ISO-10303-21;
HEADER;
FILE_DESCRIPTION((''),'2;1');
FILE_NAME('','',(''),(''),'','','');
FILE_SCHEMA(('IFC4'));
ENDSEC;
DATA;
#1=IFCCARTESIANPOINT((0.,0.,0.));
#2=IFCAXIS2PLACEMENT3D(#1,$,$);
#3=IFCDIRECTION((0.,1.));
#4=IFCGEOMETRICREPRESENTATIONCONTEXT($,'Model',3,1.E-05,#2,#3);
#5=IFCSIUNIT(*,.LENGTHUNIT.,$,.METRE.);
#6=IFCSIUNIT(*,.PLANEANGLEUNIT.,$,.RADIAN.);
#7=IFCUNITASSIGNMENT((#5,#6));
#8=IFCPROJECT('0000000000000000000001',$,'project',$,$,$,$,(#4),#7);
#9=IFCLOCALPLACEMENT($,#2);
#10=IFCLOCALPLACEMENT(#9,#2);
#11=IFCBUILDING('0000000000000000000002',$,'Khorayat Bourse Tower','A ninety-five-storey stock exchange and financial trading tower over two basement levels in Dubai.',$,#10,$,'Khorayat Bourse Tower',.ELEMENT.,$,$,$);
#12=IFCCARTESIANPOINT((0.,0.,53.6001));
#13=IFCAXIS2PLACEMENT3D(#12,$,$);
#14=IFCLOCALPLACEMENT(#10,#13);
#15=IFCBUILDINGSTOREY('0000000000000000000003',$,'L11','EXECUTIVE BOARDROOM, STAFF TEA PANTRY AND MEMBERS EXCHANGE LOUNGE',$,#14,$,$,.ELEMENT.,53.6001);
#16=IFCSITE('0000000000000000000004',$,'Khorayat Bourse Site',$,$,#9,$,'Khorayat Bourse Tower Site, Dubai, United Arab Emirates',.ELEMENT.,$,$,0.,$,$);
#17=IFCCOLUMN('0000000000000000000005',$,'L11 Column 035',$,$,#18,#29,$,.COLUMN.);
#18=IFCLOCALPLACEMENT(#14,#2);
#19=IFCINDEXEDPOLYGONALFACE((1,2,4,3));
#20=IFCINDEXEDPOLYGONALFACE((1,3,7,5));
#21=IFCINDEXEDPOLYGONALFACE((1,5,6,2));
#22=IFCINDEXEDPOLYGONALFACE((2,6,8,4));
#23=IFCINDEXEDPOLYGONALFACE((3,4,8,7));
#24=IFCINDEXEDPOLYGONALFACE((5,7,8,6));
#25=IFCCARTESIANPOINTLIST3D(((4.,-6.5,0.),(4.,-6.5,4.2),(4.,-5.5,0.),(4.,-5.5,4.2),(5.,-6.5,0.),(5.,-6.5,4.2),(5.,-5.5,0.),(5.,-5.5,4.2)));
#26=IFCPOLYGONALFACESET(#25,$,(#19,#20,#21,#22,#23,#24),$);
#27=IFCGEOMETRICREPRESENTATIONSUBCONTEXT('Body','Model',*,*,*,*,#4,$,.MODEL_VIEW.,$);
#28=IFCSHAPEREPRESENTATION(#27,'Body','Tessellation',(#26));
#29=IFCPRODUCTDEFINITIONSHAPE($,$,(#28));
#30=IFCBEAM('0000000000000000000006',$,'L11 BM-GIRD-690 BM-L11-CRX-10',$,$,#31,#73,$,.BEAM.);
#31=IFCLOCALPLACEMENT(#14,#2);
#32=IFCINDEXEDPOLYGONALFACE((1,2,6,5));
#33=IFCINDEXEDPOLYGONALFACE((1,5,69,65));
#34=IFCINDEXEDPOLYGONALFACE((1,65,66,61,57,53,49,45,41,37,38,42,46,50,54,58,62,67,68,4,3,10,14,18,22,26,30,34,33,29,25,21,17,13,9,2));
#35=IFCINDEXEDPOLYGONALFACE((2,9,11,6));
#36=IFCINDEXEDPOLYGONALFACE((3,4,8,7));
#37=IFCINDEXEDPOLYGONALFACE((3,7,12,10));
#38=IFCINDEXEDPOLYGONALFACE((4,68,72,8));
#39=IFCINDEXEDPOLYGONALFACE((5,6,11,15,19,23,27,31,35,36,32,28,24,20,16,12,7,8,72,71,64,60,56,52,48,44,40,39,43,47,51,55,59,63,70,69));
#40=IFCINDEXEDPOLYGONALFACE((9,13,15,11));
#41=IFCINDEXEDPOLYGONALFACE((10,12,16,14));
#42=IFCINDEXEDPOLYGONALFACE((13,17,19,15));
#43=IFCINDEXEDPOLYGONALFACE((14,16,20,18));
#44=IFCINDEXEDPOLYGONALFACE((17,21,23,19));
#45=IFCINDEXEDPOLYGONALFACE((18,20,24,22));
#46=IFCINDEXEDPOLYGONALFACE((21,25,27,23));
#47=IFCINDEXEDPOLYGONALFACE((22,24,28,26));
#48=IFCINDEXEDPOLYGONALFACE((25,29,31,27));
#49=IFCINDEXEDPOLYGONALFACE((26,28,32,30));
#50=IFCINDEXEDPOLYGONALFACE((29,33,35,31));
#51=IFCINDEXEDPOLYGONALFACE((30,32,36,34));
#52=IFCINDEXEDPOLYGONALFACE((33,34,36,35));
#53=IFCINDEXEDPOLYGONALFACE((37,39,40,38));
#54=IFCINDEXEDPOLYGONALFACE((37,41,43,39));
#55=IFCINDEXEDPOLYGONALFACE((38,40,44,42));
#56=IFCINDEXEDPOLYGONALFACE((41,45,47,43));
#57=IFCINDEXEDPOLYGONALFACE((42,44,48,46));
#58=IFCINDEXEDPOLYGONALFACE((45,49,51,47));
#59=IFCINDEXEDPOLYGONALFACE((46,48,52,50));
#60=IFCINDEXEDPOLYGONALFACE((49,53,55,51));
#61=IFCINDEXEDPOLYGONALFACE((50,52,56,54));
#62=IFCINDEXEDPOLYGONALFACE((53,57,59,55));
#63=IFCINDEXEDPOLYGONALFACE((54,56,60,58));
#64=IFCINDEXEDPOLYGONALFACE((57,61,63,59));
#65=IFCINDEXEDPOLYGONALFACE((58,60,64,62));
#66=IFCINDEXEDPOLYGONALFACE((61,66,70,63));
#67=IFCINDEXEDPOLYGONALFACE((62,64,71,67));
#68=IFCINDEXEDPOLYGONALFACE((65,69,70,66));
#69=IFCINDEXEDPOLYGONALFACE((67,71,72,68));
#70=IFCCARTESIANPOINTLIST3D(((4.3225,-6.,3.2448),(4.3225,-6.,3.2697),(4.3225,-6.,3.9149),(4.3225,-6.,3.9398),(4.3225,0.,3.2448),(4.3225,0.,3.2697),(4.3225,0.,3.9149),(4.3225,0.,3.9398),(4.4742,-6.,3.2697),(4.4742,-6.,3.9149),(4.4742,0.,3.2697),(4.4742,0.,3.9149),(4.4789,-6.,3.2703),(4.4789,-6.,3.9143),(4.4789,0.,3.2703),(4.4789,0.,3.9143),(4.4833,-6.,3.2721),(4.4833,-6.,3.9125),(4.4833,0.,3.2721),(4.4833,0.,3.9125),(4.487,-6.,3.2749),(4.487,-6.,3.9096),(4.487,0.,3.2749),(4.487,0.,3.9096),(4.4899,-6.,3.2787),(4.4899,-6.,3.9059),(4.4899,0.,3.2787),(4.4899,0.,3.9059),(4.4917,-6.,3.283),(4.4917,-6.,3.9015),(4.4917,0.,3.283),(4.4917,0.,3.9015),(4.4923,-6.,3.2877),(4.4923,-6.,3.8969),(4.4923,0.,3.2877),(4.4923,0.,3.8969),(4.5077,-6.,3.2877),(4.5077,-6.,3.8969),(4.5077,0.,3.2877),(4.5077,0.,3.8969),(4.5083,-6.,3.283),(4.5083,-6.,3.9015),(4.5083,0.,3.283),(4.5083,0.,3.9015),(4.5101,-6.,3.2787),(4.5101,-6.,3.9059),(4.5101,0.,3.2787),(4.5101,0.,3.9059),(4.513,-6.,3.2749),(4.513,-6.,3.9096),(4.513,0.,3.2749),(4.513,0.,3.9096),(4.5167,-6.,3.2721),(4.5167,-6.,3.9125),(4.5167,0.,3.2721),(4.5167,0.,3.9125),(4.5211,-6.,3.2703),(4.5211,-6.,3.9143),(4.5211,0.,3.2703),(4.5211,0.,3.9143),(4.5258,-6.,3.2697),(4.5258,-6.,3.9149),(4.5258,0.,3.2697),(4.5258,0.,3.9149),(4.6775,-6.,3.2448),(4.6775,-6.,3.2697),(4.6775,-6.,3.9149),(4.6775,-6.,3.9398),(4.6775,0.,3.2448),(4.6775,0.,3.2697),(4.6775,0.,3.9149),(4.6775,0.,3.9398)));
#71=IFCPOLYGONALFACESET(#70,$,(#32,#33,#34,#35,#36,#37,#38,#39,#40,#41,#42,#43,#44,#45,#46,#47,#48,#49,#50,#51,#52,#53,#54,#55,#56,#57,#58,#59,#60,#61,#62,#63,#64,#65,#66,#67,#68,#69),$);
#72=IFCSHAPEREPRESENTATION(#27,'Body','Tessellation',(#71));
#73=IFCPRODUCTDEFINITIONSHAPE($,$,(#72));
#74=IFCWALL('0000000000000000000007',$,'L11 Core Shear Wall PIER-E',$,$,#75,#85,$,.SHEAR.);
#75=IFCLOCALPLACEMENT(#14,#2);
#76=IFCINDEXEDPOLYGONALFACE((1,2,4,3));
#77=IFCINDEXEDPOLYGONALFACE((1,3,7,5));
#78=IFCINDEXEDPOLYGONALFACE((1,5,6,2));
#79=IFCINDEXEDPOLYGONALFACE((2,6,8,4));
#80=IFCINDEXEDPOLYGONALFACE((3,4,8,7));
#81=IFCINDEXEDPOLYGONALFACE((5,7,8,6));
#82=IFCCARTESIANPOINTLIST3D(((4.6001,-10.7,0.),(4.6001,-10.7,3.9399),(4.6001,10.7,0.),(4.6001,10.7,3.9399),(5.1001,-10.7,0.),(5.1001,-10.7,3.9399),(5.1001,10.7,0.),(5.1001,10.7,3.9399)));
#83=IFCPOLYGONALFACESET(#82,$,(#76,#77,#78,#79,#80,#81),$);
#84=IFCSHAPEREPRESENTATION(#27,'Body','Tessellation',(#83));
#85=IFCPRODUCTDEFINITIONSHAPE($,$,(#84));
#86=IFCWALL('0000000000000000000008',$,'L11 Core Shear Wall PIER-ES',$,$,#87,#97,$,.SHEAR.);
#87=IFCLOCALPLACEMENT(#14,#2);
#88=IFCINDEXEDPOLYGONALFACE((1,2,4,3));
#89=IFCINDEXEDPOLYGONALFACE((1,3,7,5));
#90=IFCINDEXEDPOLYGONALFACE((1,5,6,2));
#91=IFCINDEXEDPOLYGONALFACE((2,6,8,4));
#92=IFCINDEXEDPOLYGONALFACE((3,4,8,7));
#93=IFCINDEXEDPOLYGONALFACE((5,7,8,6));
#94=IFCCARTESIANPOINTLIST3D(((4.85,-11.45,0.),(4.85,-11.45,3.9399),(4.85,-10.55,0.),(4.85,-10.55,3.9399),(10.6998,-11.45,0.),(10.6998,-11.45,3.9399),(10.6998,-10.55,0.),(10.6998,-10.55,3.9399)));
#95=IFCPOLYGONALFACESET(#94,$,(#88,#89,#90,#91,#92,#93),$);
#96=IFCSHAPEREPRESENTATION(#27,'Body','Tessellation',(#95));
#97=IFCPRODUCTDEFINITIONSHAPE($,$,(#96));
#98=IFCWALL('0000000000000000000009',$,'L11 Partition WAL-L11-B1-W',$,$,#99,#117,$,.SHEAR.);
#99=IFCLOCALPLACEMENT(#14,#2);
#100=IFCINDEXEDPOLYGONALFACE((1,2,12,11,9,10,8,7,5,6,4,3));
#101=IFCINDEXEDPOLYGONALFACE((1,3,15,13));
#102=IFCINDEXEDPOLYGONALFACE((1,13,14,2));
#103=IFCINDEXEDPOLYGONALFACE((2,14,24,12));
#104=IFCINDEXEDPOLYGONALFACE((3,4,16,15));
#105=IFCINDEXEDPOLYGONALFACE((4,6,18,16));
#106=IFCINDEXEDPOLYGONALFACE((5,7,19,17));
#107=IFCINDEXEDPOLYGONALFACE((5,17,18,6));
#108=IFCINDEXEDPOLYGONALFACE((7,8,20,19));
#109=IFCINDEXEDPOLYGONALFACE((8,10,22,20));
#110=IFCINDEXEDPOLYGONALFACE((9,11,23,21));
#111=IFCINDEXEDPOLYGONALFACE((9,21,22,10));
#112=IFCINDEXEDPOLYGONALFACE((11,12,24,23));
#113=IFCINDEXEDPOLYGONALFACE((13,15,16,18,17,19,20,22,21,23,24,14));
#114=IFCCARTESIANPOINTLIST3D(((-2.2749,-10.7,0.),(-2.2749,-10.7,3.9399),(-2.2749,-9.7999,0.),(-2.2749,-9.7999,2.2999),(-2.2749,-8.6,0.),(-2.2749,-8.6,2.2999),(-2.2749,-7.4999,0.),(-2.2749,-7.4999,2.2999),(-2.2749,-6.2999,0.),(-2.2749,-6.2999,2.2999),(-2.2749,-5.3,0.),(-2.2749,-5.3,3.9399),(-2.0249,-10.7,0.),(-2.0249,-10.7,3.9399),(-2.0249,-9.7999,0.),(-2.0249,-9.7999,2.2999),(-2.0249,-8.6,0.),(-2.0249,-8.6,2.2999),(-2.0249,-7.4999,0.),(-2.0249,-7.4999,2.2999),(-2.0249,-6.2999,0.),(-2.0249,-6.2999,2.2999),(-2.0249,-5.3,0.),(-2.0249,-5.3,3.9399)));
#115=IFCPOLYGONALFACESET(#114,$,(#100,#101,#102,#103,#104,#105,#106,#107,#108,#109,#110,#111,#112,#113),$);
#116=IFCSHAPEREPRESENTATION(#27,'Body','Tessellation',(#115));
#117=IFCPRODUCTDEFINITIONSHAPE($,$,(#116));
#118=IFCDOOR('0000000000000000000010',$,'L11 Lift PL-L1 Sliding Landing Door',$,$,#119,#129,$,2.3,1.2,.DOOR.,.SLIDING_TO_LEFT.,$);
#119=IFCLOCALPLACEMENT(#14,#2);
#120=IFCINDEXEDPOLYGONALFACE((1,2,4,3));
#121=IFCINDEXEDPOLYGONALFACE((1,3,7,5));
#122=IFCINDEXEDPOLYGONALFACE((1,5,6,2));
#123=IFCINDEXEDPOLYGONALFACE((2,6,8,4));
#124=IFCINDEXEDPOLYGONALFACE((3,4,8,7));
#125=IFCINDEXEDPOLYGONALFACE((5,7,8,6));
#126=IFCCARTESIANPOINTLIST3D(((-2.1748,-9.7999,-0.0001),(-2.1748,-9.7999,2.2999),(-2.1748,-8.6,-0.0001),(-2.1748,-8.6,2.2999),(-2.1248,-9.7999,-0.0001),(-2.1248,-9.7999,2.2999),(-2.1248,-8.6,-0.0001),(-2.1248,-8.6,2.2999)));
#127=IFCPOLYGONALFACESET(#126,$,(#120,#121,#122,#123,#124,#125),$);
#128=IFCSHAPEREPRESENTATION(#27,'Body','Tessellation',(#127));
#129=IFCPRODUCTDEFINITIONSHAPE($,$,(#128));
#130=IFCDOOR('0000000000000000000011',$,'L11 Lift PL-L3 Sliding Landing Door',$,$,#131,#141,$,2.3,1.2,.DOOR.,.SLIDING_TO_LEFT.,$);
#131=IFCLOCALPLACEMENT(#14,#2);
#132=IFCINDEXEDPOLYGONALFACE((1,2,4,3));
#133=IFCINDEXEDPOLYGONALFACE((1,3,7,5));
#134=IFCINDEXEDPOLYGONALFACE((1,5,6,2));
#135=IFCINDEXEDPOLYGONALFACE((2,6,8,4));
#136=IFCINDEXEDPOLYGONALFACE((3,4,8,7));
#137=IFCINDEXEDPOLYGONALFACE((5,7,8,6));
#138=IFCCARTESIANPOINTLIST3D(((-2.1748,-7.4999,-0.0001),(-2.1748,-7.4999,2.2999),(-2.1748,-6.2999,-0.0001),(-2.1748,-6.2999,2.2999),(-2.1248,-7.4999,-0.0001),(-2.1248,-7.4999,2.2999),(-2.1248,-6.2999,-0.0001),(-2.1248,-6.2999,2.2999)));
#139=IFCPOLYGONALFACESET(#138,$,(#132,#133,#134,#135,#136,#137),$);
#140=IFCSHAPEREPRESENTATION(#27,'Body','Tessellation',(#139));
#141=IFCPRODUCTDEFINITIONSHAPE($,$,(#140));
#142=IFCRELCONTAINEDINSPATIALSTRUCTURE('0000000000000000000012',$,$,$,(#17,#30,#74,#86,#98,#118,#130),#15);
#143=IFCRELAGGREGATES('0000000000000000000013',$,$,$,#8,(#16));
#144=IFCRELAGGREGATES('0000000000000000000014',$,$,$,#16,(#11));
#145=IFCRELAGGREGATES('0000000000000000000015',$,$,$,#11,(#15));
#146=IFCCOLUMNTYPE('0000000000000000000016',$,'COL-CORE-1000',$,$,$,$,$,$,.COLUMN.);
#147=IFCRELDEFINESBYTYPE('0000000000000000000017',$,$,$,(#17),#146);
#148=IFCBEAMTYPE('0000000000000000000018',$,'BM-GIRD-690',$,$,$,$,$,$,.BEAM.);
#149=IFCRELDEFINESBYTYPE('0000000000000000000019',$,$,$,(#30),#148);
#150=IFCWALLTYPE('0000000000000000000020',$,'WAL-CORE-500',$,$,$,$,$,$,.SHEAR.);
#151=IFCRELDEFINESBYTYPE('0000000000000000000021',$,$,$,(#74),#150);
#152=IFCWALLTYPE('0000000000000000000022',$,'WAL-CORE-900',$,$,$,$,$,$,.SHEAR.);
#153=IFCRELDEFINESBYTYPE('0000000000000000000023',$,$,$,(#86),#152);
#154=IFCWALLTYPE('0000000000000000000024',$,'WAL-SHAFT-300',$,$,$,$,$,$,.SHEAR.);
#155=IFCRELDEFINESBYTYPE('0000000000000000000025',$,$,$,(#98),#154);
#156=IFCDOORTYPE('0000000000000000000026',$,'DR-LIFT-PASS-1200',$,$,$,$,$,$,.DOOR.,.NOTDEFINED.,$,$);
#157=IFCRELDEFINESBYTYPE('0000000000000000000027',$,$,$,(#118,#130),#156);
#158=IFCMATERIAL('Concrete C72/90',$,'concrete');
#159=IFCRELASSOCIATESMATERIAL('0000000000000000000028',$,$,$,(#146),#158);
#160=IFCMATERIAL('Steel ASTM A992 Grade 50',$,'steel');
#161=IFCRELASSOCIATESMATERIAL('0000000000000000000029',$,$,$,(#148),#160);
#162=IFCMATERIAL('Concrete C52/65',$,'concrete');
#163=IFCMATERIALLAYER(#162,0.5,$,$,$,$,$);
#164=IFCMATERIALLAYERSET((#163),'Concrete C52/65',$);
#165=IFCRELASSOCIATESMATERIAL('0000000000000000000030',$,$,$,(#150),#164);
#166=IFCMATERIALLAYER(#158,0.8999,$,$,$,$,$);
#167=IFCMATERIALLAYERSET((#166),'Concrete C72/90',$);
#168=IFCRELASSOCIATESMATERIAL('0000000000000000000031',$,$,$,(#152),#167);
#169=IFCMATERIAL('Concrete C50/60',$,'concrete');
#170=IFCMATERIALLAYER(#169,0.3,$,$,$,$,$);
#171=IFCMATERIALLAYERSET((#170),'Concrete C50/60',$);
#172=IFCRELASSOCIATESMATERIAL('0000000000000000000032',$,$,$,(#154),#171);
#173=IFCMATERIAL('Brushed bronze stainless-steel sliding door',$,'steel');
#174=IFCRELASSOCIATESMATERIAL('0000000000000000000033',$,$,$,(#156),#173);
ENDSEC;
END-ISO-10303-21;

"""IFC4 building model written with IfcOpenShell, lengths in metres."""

from ifc_helpers import new_model, si_unit, direction, frame, frame_2d, origin, origin_2d, place, context, subcontext, project, spatial, rectangle, i_section, extrude, source, transform, mapped, material, layer, layer_set, material_profile, profile_set, type_object, element, fill, save


model = new_model("IFC4")

# Units and contexts
model_context = context("Model", 3, precision=1e-05, world=origin(), true_north=direction((0.0, 1.0)))
body_context = subcontext(model_context, "Body", "Model", "MODEL_VIEW")
ifc_project = project(units=[si_unit("LENGTHUNIT", "METRE"), si_unit("PLANEANGLEUNIT", "RADIAN")], contexts=[model_context])

# Site, building, storey
site_placement = place(None, origin())
site = spatial("IfcSite", under=ifc_project, at=site_placement, Name="Khorayat Bourse Site", LongName="Khorayat Bourse Tower Site, Dubai, United Arab Emirates", CompositionType="ELEMENT", RefElevation=0.0)
building_placement = place(site_placement, origin())
building = spatial("IfcBuilding", under=site, at=building_placement, Name="Khorayat Bourse Tower", Description="A ninety-five-storey stock exchange and financial trading tower over two basement levels in Dubai.", LongName="Khorayat Bourse Tower", CompositionType="ELEMENT")
storey_placement = place(building_placement, frame((0.0, 0.0, 53.6001)))
storey = spatial("IfcBuildingStorey", under=building, at=storey_placement, Name="L11", Description="EXECUTIVE BOARDROOM, STAFF TEA PANTRY AND MEMBERS EXCHANGE LOUNGE", CompositionType="ELEMENT", Elevation=53.6001)

# Column
ifc_material_1 = material(Name="Concrete C72/90", Category="concrete")
ifc_material_profile_1 = material_profile(ifc_material_1, rectangle(XDim=1.0, YDim=1.0, at=origin_2d()), Name="RC 1000x1000")
ifc_profile_set_1 = profile_set([ifc_material_profile_1], Name="Concrete C72/90")
column_type = type_object("IfcColumnType", Name="COL-CORE-1000", PredefinedType="COLUMN", material=ifc_profile_set_1)
shared_shape_1 = source(origin(), body_context, "Body", "SweptSolid", [
    extrude(rectangle(XDim=1.0, YDim=1.0, at=origin_2d()), origin(), (0.0, 0.0, 1.0), 4.2),
])
column_placement = place(storey_placement, frame((4.5, -6.0, 0.0), z_axis=(0.0, 0.0, 1.0), x_axis=(1.0, 0.0, 0.0)))
element("IfcColumn", 1, at=column_placement, inside=storey, type_object=column_type, Name="L11 Column 035", PredefinedType="COLUMN", context=body_context, shape_type="MappedRepresentation", body=[
    mapped(shared_shape_1, transform((0.0, 0.0, 0.0), scale=1.0)),
])

# Beam
ifc_material_2 = material(Name="Steel ASTM A992 Grade 50", Category="steel")
ifc_material_profile_2 = material_profile(ifc_material_2, i_section(OverallWidth=0.355, OverallDepth=0.6951, WebThickness=0.0154, FlangeThickness=0.0249, FilletRadius=0.0181, at=origin_2d()), Name="W690X217")
ifc_profile_set_2 = profile_set([ifc_material_profile_2], Name="Steel ASTM A992 Grade 50")
beam_type = type_object("IfcBeamType", Name="BM-GIRD-690", PredefinedType="BEAM", material=ifc_profile_set_2)
shared_shape_2 = source(origin(), body_context, "Body", "SweptSolid", [
    extrude(i_section(OverallWidth=0.355, OverallDepth=0.6951, WebThickness=0.0154, FlangeThickness=0.0249, FilletRadius=0.0181, at=origin_2d()), origin(), (0.0, 0.0, 1.0), 6.0),
])
beam_placement = place(storey_placement, frame((4.5, -6.0, 3.5923), z_axis=(0.0, 1.0, 0.0), x_axis=(-1.0, 0.0, 0.0)))
element("IfcBeam", 2, at=beam_placement, inside=storey, type_object=beam_type, Name="L11 BM-GIRD-690 BM-L11-CRX-10", PredefinedType="BEAM", context=body_context, shape_type="MappedRepresentation", body=[
    mapped(shared_shape_2, transform((0.0, 0.0, 0.0), scale=1.0)),
])

# Walls
ifc_material_3 = material(Name="Concrete C52/65", Category="concrete")
ifc_layer_1 = layer(ifc_material_3, 0.5)
ifc_layer_set_1 = layer_set([ifc_layer_1], Name="Concrete C52/65")
wall_type_1 = type_object("IfcWallType", Name="WAL-CORE-500", PredefinedType="SHEAR", material=ifc_layer_set_1)
shared_shape_3 = source(origin(), body_context, "Body", "SweptSolid", [
    extrude(rectangle(XDim=21.3999, YDim=0.5, at=frame_2d((10.7, 0.0))), origin(), (0.0, 0.0, 1.0), 3.9399),
])
wall_1_placement = place(storey_placement, frame((4.8501, -10.7, 0.0), z_axis=(0.0, 0.0, 1.0), x_axis=(0.0, 1.0, 0.0)))
element("IfcWall", 3, at=wall_1_placement, inside=storey, type_object=wall_type_1, Name="L11 Core Shear Wall PIER-E", PredefinedType="SHEAR", context=body_context, shape_type="MappedRepresentation", body=[
    mapped(shared_shape_3, transform((0.0, 0.0, 0.0), scale=1.0)),
])
ifc_layer_2 = layer(ifc_material_1, 0.8999)
ifc_layer_set_2 = layer_set([ifc_layer_2], Name="Concrete C72/90")
wall_type_2 = type_object("IfcWallType", Name="WAL-CORE-900", PredefinedType="SHEAR", material=ifc_layer_set_2)
shared_shape_4 = source(origin(), body_context, "Body", "SweptSolid", [
    extrude(rectangle(XDim=5.8499, YDim=0.8999, at=frame_2d((2.9248, 0.0))), origin(), (0.0, 0.0, 1.0), 3.9399),
])
wall_2_placement = place(storey_placement, frame((4.8501, -11.0, 0.0), z_axis=(0.0, 0.0, 1.0), x_axis=(1.0, 0.0, 0.0)))
element("IfcWall", 4, at=wall_2_placement, inside=storey, type_object=wall_type_2, Name="L11 Core Shear Wall PIER-ES", PredefinedType="SHEAR", context=body_context, shape_type="MappedRepresentation", body=[
    mapped(shared_shape_4, transform((0.0, 0.0, 0.0), scale=1.0)),
])

# Wall, openings, doors
ifc_material_4 = material(Name="Concrete C50/60", Category="concrete")
ifc_layer_3 = layer(ifc_material_4, 0.3)
ifc_layer_set_3 = layer_set([ifc_layer_3], Name="Concrete C50/60")
wall_type_3 = type_object("IfcWallType", Name="WAL-SHAFT-300", PredefinedType="SHEAR", material=ifc_layer_set_3)
shared_shape_5 = source(origin(), body_context, "Body", "SweptSolid", [
    extrude(rectangle(XDim=5.3999, YDim=0.25, at=frame_2d((2.7, 0.0))), origin(), (0.0, 0.0, 1.0), 3.9399),
])
wall_3_placement = place(storey_placement, frame((-2.1499, -10.7, 0.0), z_axis=(0.0, 0.0, 1.0), x_axis=(0.0, 1.0, 0.0)))
wall_3 = element("IfcWall", 5, at=wall_3_placement, inside=storey, type_object=wall_type_3, Name="L11 Partition WAL-L11-B1-W", PredefinedType="SHEAR", context=body_context, shape_type="MappedRepresentation", body=[
    mapped(shared_shape_5, transform((0.0, 0.0, 0.0), scale=1.0)),
])
shared_shape_6 = source(origin(), body_context, "Body", "SweptSolid", [
    extrude(rectangle(XDim=1.2, YDim=2.3, at=frame_2d((0.6001, 1.1499))), frame((0.0, 0.135, 0.0), z_axis=(0.0, -1.0, 0.0), x_axis=(1.0, 0.0, 0.0)), (0.0, 0.0, 1.0), 0.27),
])
opening_1_placement = place(wall_3_placement, frame((0.8999, 0.0, 0.0)))
opening_1 = element("IfcOpeningElement", 6, at=opening_1_placement, cuts=wall_3, PredefinedType="OPENING", context=body_context, shape_type="MappedRepresentation", body=[
    mapped(shared_shape_6, transform((0.0, 0.0, 0.0), scale=1.0)),
])
opening_2_placement = place(wall_3_placement, frame((3.2, 0.0, 0.0)))
opening_2 = element("IfcOpeningElement", 7, at=opening_2_placement, cuts=wall_3, PredefinedType="OPENING", context=body_context, shape_type="MappedRepresentation", body=[
    mapped(shared_shape_6, transform((0.0, 0.0, 0.0), scale=1.0)),
])
ifc_material_5 = material(Name="Brushed bronze stainless-steel sliding door", Category="steel")
door_type_1 = type_object("IfcDoorType", Name="DR-LIFT-PASS-1200", OperationType="NOTDEFINED", PredefinedType="DOOR", material=ifc_material_5)
shared_shape_7 = source(origin(), body_context, "Body", "SweptSolid", [
    extrude(rectangle(XDim=1.2, YDim=2.3, at=frame_2d((0.6001, 1.1499))), frame((0.0, 0.0249, 0.0), z_axis=(0.0, -1.0, 0.0), x_axis=(1.0, 0.0, 0.0)), (0.0, 0.0, 1.0), 0.05),
])
door_1_placement = place(opening_1_placement, origin())
door_1 = element("IfcDoor", 8, at=door_1_placement, inside=storey, type_object=door_type_1, Name="L11 Lift PL-L1 Sliding Landing Door", OperationType="SLIDING_TO_LEFT", OverallHeight=2.3, OverallWidth=1.2, PredefinedType="DOOR", context=body_context, shape_type="MappedRepresentation", body=[
    mapped(shared_shape_7, transform((0.0, 0.0, 0.0), scale=1.0)),
])
fill(opening_1, door_1)
door_2_placement = place(opening_2_placement, origin())
door_2 = element("IfcDoor", 9, at=door_2_placement, inside=storey, type_object=door_type_1, Name="L11 Lift PL-L3 Sliding Landing Door", OperationType="SLIDING_TO_LEFT", OverallHeight=2.3, OverallWidth=1.2, PredefinedType="DOOR", context=body_context, shape_type="MappedRepresentation", body=[
    mapped(shared_shape_7, transform((0.0, 0.0, 0.0), scale=1.0)),
])
fill(opening_2, door_2)

save(model, "model.ifc")
